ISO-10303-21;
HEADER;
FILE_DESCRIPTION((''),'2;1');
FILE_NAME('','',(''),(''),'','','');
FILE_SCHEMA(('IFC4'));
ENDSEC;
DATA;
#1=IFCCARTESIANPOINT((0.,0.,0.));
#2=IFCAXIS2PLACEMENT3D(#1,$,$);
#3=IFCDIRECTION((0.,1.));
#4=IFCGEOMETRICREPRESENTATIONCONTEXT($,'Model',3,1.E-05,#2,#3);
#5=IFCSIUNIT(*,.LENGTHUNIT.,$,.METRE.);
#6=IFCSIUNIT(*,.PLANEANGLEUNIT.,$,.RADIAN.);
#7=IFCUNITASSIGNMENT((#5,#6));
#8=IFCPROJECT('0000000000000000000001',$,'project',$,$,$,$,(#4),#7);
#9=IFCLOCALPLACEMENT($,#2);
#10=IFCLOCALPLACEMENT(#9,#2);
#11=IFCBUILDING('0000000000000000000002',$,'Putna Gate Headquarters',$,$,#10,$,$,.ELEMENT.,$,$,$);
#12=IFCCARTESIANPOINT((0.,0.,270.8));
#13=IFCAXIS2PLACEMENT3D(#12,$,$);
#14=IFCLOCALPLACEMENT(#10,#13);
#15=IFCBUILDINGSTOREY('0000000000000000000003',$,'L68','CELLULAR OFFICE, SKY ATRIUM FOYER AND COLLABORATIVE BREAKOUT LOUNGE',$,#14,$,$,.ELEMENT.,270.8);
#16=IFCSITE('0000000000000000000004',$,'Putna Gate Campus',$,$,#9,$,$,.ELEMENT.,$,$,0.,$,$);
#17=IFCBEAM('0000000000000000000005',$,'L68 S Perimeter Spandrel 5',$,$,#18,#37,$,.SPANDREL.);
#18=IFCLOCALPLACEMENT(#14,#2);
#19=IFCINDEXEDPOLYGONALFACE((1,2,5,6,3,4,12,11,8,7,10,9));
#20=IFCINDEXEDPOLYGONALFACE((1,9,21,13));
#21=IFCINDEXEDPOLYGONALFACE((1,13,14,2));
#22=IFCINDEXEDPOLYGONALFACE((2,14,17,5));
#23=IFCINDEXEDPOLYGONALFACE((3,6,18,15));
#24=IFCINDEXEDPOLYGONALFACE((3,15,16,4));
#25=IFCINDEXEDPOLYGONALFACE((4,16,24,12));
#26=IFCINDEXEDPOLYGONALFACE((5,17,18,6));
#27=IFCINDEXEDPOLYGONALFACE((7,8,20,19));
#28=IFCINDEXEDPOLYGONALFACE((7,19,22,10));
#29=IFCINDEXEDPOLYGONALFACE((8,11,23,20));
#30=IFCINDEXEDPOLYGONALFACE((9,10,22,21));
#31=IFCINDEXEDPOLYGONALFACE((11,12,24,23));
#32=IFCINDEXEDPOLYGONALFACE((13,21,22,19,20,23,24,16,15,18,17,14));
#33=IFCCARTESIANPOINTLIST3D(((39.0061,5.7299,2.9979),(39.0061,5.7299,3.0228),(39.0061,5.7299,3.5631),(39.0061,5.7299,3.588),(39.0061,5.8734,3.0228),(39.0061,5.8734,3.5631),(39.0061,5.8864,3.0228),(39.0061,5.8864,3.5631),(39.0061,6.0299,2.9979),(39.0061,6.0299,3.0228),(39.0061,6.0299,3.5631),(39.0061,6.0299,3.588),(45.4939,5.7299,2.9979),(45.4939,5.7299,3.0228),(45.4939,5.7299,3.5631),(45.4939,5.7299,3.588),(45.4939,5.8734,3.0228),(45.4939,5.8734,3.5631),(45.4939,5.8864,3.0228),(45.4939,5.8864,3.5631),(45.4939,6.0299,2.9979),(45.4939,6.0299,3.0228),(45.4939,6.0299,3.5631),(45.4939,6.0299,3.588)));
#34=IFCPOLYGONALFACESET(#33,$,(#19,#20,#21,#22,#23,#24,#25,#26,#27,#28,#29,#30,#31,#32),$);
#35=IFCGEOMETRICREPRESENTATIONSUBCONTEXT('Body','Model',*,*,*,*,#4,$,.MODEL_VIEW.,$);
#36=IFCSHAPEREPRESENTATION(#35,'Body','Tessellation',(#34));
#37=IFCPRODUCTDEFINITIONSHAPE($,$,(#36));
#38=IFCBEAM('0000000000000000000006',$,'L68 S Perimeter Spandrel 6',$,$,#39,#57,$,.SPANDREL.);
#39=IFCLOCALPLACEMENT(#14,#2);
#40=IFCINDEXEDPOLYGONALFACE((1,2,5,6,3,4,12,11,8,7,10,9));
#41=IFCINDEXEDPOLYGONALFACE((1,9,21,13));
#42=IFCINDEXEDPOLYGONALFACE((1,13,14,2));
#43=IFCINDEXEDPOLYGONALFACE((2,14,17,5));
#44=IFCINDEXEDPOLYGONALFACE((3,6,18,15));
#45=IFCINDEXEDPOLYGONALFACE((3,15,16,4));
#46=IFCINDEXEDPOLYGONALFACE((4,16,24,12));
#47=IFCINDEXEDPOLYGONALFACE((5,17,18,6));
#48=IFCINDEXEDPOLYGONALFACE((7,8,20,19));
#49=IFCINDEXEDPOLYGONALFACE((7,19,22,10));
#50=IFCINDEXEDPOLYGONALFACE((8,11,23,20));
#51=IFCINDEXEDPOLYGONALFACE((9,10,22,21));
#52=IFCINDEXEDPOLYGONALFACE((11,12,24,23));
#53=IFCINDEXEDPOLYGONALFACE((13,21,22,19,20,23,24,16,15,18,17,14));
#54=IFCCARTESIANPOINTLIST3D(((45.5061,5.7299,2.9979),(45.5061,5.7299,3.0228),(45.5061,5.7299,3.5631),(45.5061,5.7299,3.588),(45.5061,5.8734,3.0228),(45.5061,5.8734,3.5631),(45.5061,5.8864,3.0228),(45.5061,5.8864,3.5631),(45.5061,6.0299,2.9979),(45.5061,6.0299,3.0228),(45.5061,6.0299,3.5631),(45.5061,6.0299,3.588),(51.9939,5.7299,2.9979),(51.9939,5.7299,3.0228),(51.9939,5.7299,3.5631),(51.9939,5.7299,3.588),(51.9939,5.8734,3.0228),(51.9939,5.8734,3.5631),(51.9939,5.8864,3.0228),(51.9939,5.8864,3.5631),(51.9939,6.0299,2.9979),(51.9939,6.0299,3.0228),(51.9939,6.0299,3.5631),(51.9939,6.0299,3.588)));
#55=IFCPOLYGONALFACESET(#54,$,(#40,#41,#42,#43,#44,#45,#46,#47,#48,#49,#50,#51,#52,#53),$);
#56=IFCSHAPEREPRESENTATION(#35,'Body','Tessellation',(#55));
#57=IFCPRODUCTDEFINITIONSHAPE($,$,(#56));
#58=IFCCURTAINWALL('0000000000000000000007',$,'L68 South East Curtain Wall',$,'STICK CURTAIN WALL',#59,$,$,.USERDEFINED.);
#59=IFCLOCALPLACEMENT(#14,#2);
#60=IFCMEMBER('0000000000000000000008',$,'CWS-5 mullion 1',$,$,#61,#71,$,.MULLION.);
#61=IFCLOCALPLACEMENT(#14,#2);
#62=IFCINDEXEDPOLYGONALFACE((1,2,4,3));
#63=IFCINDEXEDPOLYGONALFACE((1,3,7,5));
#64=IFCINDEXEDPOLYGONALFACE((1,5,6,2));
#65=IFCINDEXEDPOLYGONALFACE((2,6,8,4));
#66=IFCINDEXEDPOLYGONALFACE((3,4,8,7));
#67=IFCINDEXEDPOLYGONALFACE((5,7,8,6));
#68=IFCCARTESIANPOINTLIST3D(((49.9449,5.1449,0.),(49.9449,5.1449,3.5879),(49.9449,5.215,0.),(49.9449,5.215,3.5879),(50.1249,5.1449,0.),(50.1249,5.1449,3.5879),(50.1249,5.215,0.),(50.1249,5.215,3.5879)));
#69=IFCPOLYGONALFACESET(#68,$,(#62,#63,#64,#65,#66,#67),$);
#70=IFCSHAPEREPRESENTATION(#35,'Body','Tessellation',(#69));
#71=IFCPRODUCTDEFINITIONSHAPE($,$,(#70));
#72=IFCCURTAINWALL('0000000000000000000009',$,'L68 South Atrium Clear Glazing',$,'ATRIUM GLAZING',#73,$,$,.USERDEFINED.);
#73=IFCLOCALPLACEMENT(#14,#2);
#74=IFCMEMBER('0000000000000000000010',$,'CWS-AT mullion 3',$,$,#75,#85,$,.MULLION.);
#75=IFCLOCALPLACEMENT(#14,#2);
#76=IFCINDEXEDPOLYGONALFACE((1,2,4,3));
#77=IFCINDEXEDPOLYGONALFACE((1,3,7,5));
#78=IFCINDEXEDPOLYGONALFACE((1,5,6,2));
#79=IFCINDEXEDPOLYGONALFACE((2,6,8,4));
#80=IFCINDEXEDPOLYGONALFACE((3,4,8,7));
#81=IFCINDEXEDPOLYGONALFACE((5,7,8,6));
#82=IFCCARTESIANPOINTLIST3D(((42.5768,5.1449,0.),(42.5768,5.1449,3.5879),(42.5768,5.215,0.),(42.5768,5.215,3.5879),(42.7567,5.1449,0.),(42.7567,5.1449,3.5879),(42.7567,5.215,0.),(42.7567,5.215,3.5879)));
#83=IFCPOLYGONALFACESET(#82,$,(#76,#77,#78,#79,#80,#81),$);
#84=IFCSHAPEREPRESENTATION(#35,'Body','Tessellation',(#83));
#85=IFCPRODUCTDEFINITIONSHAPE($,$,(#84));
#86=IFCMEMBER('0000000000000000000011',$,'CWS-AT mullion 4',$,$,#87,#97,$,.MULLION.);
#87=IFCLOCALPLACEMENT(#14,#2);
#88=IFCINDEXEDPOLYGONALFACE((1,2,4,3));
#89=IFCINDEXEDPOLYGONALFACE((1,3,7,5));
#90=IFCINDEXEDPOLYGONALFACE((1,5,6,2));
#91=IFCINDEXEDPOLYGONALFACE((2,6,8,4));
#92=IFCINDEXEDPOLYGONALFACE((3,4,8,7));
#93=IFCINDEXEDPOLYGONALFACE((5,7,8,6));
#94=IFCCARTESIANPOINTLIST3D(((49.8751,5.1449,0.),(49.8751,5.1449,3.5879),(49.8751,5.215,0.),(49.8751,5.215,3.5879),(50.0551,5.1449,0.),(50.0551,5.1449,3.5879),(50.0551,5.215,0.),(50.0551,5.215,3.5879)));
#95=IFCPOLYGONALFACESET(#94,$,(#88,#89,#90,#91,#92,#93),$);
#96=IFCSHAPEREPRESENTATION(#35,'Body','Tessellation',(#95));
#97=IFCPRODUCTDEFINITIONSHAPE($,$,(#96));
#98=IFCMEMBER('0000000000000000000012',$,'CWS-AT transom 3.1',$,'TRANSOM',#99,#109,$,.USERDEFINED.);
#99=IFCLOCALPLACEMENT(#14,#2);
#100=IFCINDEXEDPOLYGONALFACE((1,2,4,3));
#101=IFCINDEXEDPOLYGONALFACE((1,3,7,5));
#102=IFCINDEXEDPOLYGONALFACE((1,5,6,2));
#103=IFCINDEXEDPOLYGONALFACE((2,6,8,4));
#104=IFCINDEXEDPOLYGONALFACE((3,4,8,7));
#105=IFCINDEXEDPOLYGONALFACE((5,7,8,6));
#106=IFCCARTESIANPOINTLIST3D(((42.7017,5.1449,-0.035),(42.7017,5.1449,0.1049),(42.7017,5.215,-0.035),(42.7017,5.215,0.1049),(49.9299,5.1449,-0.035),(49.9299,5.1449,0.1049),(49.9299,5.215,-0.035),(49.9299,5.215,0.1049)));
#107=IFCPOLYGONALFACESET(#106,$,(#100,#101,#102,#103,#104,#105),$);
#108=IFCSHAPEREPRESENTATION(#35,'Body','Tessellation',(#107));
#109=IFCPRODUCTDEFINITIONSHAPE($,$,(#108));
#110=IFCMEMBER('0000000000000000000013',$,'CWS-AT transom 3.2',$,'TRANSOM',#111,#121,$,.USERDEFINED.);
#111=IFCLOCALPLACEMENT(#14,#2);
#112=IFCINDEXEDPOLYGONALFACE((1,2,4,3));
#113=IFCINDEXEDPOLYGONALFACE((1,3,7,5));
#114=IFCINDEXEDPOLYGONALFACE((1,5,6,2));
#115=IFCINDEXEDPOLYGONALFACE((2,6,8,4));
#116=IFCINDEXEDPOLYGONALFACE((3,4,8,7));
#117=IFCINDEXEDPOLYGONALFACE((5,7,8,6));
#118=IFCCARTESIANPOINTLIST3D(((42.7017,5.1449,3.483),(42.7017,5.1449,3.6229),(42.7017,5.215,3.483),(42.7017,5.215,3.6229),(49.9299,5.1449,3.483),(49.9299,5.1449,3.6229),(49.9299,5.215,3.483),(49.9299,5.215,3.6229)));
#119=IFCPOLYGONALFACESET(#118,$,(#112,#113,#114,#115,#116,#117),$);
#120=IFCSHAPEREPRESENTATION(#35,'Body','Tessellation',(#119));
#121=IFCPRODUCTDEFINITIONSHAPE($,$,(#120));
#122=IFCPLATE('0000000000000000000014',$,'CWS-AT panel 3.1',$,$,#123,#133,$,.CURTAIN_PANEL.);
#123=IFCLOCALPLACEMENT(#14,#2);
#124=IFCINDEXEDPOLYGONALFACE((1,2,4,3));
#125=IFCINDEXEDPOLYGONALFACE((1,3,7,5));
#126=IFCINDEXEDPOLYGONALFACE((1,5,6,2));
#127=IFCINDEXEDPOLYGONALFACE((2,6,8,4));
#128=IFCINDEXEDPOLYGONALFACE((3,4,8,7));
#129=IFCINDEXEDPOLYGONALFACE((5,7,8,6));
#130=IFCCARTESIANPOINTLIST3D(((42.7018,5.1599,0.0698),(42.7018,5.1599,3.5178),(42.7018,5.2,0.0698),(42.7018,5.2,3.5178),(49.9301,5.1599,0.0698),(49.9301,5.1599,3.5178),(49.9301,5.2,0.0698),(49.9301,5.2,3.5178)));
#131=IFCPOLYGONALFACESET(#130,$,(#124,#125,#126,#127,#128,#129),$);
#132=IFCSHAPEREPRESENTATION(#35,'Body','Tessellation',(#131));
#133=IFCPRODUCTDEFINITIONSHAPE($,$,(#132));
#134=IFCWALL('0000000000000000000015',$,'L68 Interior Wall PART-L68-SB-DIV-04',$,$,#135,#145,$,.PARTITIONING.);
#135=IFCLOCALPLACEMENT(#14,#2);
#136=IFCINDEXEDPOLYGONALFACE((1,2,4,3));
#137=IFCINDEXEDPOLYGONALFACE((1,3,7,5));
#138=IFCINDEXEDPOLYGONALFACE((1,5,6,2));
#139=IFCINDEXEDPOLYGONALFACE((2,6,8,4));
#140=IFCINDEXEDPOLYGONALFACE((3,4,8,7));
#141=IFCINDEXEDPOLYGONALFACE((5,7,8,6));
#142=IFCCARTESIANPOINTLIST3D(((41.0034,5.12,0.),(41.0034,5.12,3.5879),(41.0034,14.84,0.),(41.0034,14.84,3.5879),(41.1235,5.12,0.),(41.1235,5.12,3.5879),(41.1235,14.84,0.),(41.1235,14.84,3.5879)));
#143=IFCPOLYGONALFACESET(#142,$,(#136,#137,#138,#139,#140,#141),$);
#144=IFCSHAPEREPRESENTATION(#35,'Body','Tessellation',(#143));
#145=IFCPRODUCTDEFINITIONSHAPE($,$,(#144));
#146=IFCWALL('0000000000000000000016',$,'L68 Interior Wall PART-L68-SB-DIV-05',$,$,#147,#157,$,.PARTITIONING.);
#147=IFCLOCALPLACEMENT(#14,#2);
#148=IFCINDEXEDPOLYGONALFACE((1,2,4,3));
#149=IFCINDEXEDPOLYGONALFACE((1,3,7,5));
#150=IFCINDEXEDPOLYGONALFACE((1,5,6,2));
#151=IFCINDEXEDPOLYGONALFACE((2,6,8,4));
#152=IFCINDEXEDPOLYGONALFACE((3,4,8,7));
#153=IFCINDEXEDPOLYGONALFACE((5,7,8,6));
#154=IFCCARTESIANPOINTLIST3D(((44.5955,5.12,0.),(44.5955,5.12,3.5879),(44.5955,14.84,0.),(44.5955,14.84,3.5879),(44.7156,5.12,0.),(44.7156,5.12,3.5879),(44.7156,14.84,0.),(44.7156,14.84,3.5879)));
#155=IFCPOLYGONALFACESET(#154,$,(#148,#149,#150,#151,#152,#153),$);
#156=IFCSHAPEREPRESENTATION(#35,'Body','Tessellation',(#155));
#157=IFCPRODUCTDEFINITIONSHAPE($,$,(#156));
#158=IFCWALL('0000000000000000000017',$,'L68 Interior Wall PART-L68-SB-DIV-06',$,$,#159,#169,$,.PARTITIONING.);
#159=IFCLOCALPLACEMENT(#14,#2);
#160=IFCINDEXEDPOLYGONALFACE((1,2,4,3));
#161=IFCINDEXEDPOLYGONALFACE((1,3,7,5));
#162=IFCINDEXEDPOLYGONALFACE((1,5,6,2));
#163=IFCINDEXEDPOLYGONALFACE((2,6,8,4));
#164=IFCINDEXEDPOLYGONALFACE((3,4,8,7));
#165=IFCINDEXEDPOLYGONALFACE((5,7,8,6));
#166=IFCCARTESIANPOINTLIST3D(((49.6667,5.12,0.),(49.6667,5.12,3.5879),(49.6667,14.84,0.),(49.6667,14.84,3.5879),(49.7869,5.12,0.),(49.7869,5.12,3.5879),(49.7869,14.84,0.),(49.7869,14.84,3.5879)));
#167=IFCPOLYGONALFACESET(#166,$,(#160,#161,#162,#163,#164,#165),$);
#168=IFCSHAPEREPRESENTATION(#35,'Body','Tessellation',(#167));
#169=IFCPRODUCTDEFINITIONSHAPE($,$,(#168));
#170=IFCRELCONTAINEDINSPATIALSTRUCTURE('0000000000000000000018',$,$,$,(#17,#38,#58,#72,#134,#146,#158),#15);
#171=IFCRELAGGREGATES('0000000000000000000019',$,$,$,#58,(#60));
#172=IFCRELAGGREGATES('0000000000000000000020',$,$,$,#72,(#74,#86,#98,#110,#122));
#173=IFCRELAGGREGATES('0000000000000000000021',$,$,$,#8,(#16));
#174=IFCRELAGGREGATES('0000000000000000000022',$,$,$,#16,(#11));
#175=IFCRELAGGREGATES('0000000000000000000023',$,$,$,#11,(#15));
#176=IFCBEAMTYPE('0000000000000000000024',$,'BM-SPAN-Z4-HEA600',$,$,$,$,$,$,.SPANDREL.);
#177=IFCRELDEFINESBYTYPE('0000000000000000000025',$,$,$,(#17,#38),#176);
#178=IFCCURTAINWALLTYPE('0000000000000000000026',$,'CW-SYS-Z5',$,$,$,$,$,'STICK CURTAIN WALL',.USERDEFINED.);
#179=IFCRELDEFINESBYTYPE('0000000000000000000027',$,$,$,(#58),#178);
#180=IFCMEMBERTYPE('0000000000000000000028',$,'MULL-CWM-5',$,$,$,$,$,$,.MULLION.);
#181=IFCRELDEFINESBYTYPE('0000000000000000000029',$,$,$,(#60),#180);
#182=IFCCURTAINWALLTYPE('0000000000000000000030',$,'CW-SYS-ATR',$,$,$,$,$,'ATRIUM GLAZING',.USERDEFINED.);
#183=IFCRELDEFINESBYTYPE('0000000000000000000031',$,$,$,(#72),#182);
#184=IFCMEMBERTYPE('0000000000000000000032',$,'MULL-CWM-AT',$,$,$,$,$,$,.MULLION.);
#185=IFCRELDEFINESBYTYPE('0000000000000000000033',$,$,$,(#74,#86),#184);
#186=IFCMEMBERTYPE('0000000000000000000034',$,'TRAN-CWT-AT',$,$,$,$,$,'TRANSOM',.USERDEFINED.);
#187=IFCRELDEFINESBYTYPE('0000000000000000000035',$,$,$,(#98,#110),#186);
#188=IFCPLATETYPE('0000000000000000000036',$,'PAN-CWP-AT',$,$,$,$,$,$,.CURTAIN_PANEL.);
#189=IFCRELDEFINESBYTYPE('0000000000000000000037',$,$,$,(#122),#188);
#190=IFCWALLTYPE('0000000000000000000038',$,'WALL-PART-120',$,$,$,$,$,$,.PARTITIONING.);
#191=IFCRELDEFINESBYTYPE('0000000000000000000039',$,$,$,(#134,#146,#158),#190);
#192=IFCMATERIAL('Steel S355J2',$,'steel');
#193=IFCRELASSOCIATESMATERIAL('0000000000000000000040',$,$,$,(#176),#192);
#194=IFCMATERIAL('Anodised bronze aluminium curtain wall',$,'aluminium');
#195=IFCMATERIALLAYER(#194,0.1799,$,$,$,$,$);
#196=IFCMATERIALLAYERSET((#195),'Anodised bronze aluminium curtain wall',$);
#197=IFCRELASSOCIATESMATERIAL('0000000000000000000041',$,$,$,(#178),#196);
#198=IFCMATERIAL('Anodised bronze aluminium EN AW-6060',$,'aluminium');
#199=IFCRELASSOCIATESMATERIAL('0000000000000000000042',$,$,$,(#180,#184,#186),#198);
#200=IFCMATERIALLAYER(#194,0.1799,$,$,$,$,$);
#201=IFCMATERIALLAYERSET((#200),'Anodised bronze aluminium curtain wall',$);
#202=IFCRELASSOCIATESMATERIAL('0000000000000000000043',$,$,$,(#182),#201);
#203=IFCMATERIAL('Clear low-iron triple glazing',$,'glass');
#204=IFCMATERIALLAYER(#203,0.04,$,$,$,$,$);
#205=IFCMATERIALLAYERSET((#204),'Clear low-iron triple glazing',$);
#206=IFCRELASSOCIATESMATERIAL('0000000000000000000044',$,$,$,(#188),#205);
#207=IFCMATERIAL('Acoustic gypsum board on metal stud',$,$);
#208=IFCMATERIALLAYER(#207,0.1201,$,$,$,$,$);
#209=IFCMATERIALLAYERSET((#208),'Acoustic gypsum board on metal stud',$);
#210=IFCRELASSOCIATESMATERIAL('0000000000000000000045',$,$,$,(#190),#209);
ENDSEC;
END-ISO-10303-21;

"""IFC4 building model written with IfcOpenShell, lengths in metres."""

from ifc_helpers import new_model, si_unit, direction, frame, frame_2d, origin, origin_2d, place, context, subcontext, project, spatial, rectangle, i_section, extrude, material, layer, layer_set, material_profile, profile_set, type_object, element, aggregate, save


model = new_model("IFC4")

# Units and contexts
model_context = context("Model", 3, precision=1e-05, world=origin(), true_north=direction((0.0, 1.0)))
body_context = subcontext(model_context, "Body", "Model", "MODEL_VIEW")
ifc_project = project(units=[si_unit("LENGTHUNIT", "METRE"), si_unit("PLANEANGLEUNIT", "RADIAN")], contexts=[model_context])

# Site, building, storey
site_placement = place(None, origin())
site = spatial("IfcSite", under=ifc_project, at=site_placement, Name="Putna Gate Campus", CompositionType="ELEMENT", RefElevation=0.0)
building_placement = place(site_placement, origin())
building = spatial("IfcBuilding", under=site, at=building_placement, Name="Putna Gate Headquarters", CompositionType="ELEMENT")
storey_placement = place(building_placement, frame((0.0, 0.0, 270.8)))
storey = spatial("IfcBuildingStorey", under=building, at=storey_placement, Name="L68", Description="CELLULAR OFFICE, SKY ATRIUM FOYER AND COLLABORATIVE BREAKOUT LOUNGE", CompositionType="ELEMENT", Elevation=270.8)

# Beams
ifc_material_1 = material(Name="Steel S355J2", Category="steel")
ifc_material_profile_1 = material_profile(ifc_material_1, i_section(OverallWidth=0.3, OverallDepth=0.5901, WebThickness=0.0129, FlangeThickness=0.0249, at=origin_2d()), Name="Steel S355J2")
ifc_profile_set_1 = profile_set([ifc_material_profile_1], Name="Steel S355J2")
beam_type_1 = type_object("IfcBeamType", Name="BM-SPAN-Z4-HEA600", PredefinedType="SPANDREL", material=ifc_profile_set_1)
for number, where, z_axis, x_axis, name in (
    (1, (39.0061, 5.8799, 3.293), (1.0, 0.0, 0.0), (0.0, 1.0, 0.0), "L68 S Perimeter Spandrel 5"),
    (2, (45.5061, 5.8799, 3.293), (1.0, 0.0, 0.0), (0.0, 1.0, 0.0), "L68 S Perimeter Spandrel 6"),
):
    element("IfcBeam", number, at=place(storey_placement, frame(where, z_axis=z_axis, x_axis=x_axis)), inside=storey, type_object=beam_type_1, Name=name, PredefinedType="SPANDREL", context=body_context, shape_type="SweptSolid", body=[
        extrude(i_section(OverallWidth=0.3, OverallDepth=0.5901, WebThickness=0.0129, FlangeThickness=0.0249, at=origin_2d()), origin(), (0.0, 0.0, 1.0), 6.4878),
    ])

# Curtain wall, member
ifc_material_2 = material(Name="Anodised bronze aluminium curtain wall", Category="aluminium")
ifc_layer_1 = layer(ifc_material_2, 0.1799)
ifc_layer_set_1 = layer_set([ifc_layer_1], Name="Anodised bronze aluminium curtain wall")
curtain_wall_type_1 = type_object("IfcCurtainWallType", Name="CW-SYS-Z5", ElementType="STICK CURTAIN WALL", PredefinedType="USERDEFINED", material=ifc_layer_set_1)
curtain_wall_1_placement = place(storey_placement, origin())
curtain_wall_1 = element("IfcCurtainWall", 3, at=curtain_wall_1_placement, inside=storey, type_object=curtain_wall_type_1, Name="L68 South East Curtain Wall", ObjectType="STICK CURTAIN WALL", PredefinedType="USERDEFINED")
ifc_material_3 = material(Name="Anodised bronze aluminium EN AW-6060", Category="aluminium")
ifc_material_profile_2 = material_profile(ifc_material_3, rectangle(XDim=0.0701, YDim=0.1799, at=origin_2d()), Name="Anodised bronze aluminium EN AW-6060")
ifc_profile_set_2 = profile_set([ifc_material_profile_2], Name="Anodised bronze aluminium EN AW-6060")
member_type_1 = type_object("IfcMemberType", Name="MULL-CWM-5", PredefinedType="MULLION", material=ifc_profile_set_2)
member_1_placement = place(storey_placement, frame((50.0349, 5.1799, 0.0), z_axis=(0.0, 0.0, 1.0), x_axis=(0.0, 1.0, 0.0)))
member_1 = element("IfcMember", 4, at=member_1_placement, type_object=member_type_1, Name="CWS-5 mullion 1", PredefinedType="MULLION", context=body_context, shape_type="SweptSolid", body=[
    extrude(rectangle(XDim=0.0701, YDim=0.1799, at=origin_2d()), origin(), (0.0, 0.0, 1.0), 3.5879),
])
aggregate(curtain_wall_1, [member_1])

# Curtain wall, members, plate
ifc_layer_2 = layer(ifc_material_2, 0.1799)
ifc_layer_set_2 = layer_set([ifc_layer_2], Name="Anodised bronze aluminium curtain wall")
curtain_wall_type_2 = type_object("IfcCurtainWallType", Name="CW-SYS-ATR", ElementType="ATRIUM GLAZING", PredefinedType="USERDEFINED", material=ifc_layer_set_2)
curtain_wall_2_placement = place(storey_placement, origin())
curtain_wall_2 = element("IfcCurtainWall", 5, at=curtain_wall_2_placement, inside=storey, type_object=curtain_wall_type_2, Name="L68 South Atrium Clear Glazing", ObjectType="ATRIUM GLAZING", PredefinedType="USERDEFINED")
ifc_material_profile_3 = material_profile(ifc_material_3, rectangle(XDim=0.0701, YDim=0.1799, at=origin_2d()), Name="Anodised bronze aluminium EN AW-6060")
ifc_profile_set_3 = profile_set([ifc_material_profile_3], Name="Anodised bronze aluminium EN AW-6060")
member_type_2 = type_object("IfcMemberType", Name="MULL-CWM-AT", PredefinedType="MULLION", material=ifc_profile_set_3)
member_2_placement = place(storey_placement, frame((42.6667, 5.1799, 0.0), z_axis=(0.0, 0.0, 1.0), x_axis=(0.0, 1.0, 0.0)))
member_2 = element("IfcMember", 6, at=member_2_placement, type_object=member_type_2, Name="CWS-AT mullion 3", PredefinedType="MULLION", context=body_context, shape_type="SweptSolid", body=[
    extrude(rectangle(XDim=0.0701, YDim=0.1799, at=origin_2d()), origin(), (0.0, 0.0, 1.0), 3.5879),
])
member_3_placement = place(storey_placement, frame((49.9651, 5.1799, 0.0), z_axis=(0.0, 0.0, 1.0), x_axis=(0.0, 1.0, 0.0)))
member_3 = element("IfcMember", 7, at=member_3_placement, type_object=member_type_2, Name="CWS-AT mullion 4", PredefinedType="MULLION", context=body_context, shape_type="SweptSolid", body=[
    extrude(rectangle(XDim=0.0701, YDim=0.1799, at=origin_2d()), origin(), (0.0, 0.0, 1.0), 3.5879),
])
ifc_material_profile_4 = material_profile(ifc_material_3, rectangle(XDim=0.0701, YDim=0.1399, at=origin_2d()), Name="Anodised bronze aluminium EN AW-6060")
ifc_profile_set_4 = profile_set([ifc_material_profile_4], Name="Anodised bronze aluminium EN AW-6060")
member_type_3 = type_object("IfcMemberType", Name="TRAN-CWT-AT", ElementType="TRANSOM", PredefinedType="USERDEFINED", material=ifc_profile_set_4)
member_4_placement = place(storey_placement, frame((42.7017, 5.1799, 0.0349), z_axis=(1.0, 0.0, 0.0), x_axis=(0.0, 1.0, 0.0)))
member_4 = element("IfcMember", 8, at=member_4_placement, type_object=member_type_3, Name="CWS-AT transom 3.1", ObjectType="TRANSOM", PredefinedType="USERDEFINED", context=body_context, shape_type="SweptSolid", body=[
    extrude(rectangle(XDim=0.0701, YDim=0.1399, at=origin_2d()), origin(), (0.0, 0.0, 1.0), 7.2283),
])
member_5_placement = place(storey_placement, frame((42.7017, 5.1799, 3.553), z_axis=(1.0, 0.0, 0.0), x_axis=(0.0, 1.0, 0.0)))
member_5 = element("IfcMember", 9, at=member_5_placement, type_object=member_type_3, Name="CWS-AT transom 3.2", ObjectType="TRANSOM", PredefinedType="USERDEFINED", context=body_context, shape_type="SweptSolid", body=[
    extrude(rectangle(XDim=0.0701, YDim=0.1399, at=origin_2d()), origin(), (0.0, 0.0, 1.0), 7.2283),
])
ifc_material_4 = material(Name="Clear low-iron triple glazing", Category="glass")
ifc_layer_3 = layer(ifc_material_4, 0.04)
ifc_layer_set_3 = layer_set([ifc_layer_3], Name="Clear low-iron triple glazing")
plate_type = type_object("IfcPlateType", Name="PAN-CWP-AT", PredefinedType="CURTAIN_PANEL", material=ifc_layer_set_3)
plate_placement = place(storey_placement, frame((46.3159, 5.1799, 0.0698), z_axis=(0.0, 0.0, 1.0), x_axis=(1.0, 0.0, 0.0)))
plate = element("IfcPlate", 10, at=plate_placement, type_object=plate_type, Name="CWS-AT panel 3.1", PredefinedType="CURTAIN_PANEL", context=body_context, shape_type="SweptSolid", body=[
    extrude(rectangle(XDim=7.2283, YDim=0.04, at=origin_2d()), origin(), (0.0, 0.0, 1.0), 3.448),
])
aggregate(curtain_wall_2, [member_2, member_3, member_4, member_5, plate])

# Walls
ifc_material_5 = material(Name="Acoustic gypsum board on metal stud")
ifc_layer_4 = layer(ifc_material_5, 0.1201)
ifc_layer_set_4 = layer_set([ifc_layer_4], Name="Acoustic gypsum board on metal stud")
wall_type_1 = type_object("IfcWallType", Name="WALL-PART-120", PredefinedType="PARTITIONING", material=ifc_layer_set_4)
for number, where, z_axis, x_axis, name in (
    (11, (41.0635, 5.1201, 0.0), (0.0, 0.0, 1.0), (0.0, 1.0, 0.0), "L68 Interior Wall PART-L68-SB-DIV-04"),
    (12, (44.6555, 5.1201, 0.0), (0.0, 0.0, 1.0), (0.0, 1.0, 0.0), "L68 Interior Wall PART-L68-SB-DIV-05"),
    (13, (49.7268, 5.1201, 0.0), (0.0, 0.0, 1.0), (0.0, 1.0, 0.0), "L68 Interior Wall PART-L68-SB-DIV-06"),
):
    element("IfcWall", number, at=place(storey_placement, frame(where, z_axis=z_axis, x_axis=x_axis)), inside=storey, type_object=wall_type_1, Name=name, PredefinedType="PARTITIONING", context=body_context, shape_type="SweptSolid", body=[
        extrude(rectangle(XDim=9.72, YDim=0.1201, at=frame_2d((4.8599, 0.0))), origin(), (0.0, 0.0, 1.0), 3.5879),
    ])

save(model, "model.ifc")
